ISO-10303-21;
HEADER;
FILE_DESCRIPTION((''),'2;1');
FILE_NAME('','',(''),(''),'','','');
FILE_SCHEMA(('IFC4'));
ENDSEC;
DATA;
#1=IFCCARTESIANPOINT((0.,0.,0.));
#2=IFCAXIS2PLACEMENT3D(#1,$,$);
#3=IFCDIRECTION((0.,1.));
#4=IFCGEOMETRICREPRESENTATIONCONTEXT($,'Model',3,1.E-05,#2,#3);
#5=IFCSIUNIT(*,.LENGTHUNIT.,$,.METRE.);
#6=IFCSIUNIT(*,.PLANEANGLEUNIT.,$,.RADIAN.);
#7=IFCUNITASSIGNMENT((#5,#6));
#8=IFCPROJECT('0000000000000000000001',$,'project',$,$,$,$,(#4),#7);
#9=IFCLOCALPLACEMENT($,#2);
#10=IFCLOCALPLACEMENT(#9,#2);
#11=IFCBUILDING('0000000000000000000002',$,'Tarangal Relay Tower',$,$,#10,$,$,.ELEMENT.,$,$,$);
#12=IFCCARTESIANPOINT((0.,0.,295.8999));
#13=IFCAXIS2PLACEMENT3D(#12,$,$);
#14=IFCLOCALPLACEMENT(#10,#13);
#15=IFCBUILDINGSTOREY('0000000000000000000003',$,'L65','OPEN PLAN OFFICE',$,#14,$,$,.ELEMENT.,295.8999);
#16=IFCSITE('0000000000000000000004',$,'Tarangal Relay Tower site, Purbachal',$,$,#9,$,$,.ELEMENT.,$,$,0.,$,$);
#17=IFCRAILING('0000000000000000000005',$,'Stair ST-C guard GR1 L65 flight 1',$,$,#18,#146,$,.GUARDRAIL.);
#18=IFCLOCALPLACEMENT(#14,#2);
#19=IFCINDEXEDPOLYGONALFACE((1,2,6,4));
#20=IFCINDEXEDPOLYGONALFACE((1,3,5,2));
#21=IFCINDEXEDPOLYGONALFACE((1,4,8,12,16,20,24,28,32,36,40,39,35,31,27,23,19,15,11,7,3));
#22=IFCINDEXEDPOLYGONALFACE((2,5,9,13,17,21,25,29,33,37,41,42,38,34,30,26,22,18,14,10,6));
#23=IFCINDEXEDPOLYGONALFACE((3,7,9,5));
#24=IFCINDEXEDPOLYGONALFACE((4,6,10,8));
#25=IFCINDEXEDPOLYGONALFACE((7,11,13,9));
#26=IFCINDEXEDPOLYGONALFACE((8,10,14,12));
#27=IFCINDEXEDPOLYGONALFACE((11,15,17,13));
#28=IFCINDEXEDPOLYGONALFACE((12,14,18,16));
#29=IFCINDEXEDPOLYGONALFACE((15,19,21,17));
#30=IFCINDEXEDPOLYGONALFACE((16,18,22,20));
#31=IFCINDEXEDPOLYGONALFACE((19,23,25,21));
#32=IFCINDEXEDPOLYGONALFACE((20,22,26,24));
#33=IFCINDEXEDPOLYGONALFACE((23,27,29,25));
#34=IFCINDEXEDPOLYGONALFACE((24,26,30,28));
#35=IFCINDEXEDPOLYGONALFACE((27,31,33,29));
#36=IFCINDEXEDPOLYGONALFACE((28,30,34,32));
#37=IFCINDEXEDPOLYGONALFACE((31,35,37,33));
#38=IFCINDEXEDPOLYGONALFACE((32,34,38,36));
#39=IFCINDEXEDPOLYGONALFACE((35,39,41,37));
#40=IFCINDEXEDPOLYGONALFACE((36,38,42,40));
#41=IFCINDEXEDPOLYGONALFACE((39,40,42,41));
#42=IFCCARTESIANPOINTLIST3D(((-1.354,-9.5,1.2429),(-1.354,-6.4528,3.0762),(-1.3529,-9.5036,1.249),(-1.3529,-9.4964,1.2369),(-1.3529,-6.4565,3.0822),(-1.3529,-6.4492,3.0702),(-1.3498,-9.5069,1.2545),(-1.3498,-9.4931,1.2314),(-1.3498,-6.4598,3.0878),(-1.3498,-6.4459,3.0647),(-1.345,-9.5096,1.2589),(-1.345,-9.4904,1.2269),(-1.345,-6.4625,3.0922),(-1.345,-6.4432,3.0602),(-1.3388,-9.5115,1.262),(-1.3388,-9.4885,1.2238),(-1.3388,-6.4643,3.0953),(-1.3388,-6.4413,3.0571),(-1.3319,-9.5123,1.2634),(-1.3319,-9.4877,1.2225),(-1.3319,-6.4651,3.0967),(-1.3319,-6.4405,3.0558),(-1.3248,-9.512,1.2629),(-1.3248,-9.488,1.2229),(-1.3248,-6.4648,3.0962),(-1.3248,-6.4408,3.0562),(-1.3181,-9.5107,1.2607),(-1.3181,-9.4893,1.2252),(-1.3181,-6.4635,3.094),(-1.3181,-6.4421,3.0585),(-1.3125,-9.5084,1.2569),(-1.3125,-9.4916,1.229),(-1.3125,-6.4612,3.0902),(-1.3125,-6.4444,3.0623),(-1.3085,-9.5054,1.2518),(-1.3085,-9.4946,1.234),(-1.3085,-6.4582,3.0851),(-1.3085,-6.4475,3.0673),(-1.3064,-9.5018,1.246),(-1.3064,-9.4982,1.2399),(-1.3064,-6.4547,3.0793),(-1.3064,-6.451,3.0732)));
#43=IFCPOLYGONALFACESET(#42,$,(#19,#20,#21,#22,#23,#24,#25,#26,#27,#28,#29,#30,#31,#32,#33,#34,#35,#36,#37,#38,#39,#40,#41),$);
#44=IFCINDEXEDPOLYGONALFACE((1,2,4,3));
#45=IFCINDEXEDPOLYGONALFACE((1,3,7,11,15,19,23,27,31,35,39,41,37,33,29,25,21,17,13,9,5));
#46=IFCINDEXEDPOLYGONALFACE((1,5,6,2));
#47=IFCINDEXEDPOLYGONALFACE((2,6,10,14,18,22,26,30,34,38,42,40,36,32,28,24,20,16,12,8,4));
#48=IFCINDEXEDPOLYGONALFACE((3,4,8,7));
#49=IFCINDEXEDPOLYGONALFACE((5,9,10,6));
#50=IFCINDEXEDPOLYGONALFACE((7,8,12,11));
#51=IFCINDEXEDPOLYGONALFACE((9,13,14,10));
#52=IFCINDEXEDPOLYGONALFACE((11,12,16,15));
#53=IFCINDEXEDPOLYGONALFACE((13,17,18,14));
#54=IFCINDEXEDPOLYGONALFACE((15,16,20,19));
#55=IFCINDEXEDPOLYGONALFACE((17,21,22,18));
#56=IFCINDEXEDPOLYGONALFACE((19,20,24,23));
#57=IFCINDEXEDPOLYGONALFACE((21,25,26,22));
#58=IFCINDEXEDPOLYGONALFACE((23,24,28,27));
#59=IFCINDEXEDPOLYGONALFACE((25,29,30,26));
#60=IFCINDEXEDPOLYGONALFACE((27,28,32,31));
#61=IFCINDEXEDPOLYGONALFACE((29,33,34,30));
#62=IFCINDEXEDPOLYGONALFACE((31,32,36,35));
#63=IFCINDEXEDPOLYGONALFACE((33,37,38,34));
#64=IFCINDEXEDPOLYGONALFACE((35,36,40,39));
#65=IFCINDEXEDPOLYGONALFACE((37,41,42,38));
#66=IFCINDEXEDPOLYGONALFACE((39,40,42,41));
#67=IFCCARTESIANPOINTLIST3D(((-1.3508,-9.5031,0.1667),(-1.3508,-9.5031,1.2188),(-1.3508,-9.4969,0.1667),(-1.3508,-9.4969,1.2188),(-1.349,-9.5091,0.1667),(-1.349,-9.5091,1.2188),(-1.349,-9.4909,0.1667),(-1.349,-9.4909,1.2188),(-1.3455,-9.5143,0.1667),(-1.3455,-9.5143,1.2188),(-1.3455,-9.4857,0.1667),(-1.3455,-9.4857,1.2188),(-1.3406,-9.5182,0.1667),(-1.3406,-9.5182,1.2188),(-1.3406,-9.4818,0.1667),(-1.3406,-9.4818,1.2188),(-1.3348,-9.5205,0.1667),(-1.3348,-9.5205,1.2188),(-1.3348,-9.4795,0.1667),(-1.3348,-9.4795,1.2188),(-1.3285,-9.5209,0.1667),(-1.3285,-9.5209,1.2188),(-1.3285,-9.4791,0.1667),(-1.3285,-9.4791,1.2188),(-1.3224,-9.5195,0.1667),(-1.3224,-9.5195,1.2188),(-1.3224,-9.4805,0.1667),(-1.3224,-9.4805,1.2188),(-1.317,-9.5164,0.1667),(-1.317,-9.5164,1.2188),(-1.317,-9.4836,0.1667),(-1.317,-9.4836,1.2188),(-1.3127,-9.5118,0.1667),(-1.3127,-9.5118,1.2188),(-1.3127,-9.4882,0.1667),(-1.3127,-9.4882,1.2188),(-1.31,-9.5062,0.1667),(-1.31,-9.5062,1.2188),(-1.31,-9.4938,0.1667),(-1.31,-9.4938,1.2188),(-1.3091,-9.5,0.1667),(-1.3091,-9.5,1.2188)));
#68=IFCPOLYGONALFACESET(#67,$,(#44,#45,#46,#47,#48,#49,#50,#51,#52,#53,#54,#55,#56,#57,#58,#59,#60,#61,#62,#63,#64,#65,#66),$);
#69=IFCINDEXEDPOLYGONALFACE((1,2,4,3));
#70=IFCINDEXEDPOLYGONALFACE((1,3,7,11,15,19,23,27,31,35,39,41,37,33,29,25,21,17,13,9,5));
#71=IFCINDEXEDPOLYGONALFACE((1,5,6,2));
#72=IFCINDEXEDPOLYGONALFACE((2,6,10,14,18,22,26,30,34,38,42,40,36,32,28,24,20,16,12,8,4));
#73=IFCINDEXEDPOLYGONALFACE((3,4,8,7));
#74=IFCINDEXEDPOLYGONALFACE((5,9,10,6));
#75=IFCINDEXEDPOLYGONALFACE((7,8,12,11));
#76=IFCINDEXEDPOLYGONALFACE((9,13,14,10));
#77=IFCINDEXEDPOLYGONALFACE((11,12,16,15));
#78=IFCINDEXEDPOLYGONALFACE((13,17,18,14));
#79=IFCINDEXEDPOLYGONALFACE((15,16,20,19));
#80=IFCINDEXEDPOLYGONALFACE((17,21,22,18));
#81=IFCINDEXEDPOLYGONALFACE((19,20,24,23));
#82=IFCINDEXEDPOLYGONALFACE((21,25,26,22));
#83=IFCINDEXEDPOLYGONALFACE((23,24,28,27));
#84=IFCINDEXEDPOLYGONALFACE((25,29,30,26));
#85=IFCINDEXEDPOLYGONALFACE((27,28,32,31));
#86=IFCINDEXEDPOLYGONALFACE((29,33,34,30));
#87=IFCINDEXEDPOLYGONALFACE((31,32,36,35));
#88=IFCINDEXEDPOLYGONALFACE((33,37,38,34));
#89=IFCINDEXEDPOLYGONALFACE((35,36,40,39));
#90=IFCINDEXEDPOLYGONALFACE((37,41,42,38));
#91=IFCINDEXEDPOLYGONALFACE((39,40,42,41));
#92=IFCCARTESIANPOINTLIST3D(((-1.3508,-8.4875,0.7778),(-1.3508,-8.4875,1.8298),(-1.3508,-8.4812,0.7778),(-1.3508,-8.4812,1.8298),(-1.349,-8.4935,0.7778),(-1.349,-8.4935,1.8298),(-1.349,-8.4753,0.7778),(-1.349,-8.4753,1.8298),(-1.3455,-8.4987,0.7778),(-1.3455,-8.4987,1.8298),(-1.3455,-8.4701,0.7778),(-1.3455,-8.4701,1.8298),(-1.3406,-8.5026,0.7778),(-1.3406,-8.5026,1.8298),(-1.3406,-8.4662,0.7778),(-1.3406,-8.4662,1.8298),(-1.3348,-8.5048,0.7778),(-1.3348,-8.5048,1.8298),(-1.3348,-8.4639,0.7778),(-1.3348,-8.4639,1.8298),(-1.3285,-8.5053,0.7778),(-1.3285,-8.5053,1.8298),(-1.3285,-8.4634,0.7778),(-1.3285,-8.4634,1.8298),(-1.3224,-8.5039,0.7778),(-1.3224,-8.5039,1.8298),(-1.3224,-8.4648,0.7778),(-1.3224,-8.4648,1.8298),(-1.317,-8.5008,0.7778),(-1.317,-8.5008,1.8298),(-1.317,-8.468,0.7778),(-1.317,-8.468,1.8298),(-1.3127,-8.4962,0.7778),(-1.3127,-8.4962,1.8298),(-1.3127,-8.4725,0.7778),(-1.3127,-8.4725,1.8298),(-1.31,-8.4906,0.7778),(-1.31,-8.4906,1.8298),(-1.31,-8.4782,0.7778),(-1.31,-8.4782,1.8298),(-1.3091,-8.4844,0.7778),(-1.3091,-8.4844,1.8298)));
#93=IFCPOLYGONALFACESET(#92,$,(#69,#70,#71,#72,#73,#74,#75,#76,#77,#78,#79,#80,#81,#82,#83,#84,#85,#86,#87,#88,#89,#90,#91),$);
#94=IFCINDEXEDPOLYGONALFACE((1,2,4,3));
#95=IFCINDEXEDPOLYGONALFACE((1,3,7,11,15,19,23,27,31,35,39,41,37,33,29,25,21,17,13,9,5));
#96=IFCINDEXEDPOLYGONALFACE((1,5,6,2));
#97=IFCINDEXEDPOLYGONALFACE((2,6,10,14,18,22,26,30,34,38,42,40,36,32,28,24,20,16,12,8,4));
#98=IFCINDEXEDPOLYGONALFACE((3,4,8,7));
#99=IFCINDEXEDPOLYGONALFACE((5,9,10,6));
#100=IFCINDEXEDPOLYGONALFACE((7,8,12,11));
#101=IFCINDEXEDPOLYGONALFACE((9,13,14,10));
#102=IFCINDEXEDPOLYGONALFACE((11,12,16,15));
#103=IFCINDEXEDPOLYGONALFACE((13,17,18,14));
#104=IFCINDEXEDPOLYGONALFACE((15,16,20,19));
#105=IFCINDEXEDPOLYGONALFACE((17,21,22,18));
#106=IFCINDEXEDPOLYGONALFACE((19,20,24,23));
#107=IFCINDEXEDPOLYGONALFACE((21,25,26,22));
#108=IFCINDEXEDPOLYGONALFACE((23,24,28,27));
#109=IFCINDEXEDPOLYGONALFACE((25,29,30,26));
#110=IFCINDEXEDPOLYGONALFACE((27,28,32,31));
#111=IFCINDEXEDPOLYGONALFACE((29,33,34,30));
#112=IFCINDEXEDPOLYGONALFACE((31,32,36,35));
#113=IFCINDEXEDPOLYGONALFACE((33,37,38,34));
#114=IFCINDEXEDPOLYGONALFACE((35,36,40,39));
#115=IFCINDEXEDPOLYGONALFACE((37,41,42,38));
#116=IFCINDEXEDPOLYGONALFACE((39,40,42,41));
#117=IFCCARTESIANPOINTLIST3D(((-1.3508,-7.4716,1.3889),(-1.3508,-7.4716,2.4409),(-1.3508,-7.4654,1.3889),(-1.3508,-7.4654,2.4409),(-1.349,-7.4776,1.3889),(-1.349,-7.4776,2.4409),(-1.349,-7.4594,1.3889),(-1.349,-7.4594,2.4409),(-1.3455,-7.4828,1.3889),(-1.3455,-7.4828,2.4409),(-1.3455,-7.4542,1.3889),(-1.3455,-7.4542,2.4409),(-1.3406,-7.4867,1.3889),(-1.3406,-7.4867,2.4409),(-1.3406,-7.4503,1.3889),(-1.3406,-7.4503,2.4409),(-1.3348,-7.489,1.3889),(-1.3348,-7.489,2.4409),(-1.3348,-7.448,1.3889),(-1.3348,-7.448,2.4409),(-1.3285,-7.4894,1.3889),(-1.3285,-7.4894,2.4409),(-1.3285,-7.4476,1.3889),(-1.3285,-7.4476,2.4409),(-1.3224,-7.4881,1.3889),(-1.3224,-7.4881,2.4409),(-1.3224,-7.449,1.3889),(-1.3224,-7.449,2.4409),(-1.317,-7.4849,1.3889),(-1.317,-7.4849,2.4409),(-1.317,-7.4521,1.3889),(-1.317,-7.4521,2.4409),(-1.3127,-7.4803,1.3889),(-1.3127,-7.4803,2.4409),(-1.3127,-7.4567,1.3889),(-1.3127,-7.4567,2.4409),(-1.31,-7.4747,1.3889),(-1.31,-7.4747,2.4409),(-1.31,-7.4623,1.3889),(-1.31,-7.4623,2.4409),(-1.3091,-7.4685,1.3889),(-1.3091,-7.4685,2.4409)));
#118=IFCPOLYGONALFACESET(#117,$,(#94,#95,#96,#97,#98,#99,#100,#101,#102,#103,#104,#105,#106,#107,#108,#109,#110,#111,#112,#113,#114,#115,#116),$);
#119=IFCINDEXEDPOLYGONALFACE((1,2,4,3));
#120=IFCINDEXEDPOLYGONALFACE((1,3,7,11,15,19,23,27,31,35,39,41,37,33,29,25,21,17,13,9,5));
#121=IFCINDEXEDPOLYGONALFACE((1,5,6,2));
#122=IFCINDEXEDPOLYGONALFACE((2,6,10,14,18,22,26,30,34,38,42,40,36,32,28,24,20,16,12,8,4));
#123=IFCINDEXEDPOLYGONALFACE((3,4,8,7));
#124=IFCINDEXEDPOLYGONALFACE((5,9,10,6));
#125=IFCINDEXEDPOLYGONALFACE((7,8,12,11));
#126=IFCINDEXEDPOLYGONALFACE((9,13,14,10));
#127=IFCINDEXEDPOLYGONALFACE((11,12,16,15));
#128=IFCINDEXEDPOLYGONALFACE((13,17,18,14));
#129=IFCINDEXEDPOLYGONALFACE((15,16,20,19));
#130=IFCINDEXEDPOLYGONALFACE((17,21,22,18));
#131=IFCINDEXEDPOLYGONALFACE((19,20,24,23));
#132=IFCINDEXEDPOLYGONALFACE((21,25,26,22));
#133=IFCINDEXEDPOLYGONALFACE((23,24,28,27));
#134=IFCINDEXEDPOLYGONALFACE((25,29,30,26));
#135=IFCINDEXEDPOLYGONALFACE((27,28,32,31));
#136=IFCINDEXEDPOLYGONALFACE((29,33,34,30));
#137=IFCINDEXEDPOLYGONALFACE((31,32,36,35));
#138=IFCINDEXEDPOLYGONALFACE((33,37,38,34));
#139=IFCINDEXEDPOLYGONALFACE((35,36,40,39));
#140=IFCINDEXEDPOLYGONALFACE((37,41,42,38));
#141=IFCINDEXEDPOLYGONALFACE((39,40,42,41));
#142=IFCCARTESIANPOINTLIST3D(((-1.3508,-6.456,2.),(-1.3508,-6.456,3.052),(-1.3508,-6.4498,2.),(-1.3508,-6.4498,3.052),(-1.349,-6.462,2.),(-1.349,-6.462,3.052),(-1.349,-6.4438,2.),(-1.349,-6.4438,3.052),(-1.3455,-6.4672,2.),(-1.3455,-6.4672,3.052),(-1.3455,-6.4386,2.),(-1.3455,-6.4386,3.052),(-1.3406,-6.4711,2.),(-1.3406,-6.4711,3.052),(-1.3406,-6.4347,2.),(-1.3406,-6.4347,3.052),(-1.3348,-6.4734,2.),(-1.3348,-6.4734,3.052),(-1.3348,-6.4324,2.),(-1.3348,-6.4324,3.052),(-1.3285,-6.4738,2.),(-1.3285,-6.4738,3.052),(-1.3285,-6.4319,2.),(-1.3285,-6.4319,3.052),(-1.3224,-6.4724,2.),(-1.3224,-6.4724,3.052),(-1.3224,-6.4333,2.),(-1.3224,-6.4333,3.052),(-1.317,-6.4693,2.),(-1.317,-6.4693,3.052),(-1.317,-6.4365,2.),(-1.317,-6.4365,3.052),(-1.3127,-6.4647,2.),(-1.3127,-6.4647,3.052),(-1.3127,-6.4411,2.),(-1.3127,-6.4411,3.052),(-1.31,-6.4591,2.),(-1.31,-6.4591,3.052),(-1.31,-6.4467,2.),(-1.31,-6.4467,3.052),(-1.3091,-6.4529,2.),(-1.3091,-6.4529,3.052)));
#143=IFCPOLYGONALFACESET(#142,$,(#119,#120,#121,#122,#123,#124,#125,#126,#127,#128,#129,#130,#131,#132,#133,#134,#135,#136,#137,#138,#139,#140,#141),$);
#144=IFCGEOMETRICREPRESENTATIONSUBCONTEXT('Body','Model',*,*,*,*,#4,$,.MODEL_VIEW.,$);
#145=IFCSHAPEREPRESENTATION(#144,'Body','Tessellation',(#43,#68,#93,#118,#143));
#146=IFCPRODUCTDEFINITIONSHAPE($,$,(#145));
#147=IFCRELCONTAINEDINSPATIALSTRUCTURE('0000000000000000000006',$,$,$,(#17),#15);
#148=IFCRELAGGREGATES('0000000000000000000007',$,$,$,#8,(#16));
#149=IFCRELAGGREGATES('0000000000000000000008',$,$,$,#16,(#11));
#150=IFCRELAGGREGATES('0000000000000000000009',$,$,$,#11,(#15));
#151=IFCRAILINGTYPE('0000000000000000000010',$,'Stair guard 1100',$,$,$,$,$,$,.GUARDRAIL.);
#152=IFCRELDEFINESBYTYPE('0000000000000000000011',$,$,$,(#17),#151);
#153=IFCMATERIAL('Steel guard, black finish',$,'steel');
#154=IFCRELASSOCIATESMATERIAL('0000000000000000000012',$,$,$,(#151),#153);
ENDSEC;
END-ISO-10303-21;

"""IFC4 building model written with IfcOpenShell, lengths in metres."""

from ifc_helpers import new_model, si_unit, direction, frame, origin, origin_2d, place, context, subcontext, project, spatial, circle, extrude, material, type_object, element, save


model = new_model("IFC4")

# Units and contexts
model_context = context("Model", 3, precision=1e-05, world=origin(), true_north=direction((0.0, 1.0)))
body_context = subcontext(model_context, "Body", "Model", "MODEL_VIEW")
ifc_project = project(units=[si_unit("LENGTHUNIT", "METRE"), si_unit("PLANEANGLEUNIT", "RADIAN")], contexts=[model_context])

# Site, building, storey
site_placement = place(None, origin())
site = spatial("IfcSite", under=ifc_project, at=site_placement, Name="Tarangal Relay Tower site, Purbachal", CompositionType="ELEMENT", RefElevation=0.0)
building_placement = place(site_placement, origin())
building = spatial("IfcBuilding", under=site, at=building_placement, Name="Tarangal Relay Tower", CompositionType="ELEMENT")
storey_placement = place(building_placement, frame((0.0, 0.0, 295.8999)))
storey = spatial("IfcBuildingStorey", under=building, at=storey_placement, Name="L65", Description="OPEN PLAN OFFICE", CompositionType="ELEMENT", Elevation=295.8999)

# Railing
ifc_material_1 = material(Name="Steel guard, black finish", Category="steel")
railing_type_1 = type_object("IfcRailingType", Name="Stair guard 1100", PredefinedType="GUARDRAIL", material=ifc_material_1)
railing_1_placement = place(storey_placement, frame((-1.3301, -9.5, 0.1667)))
element("IfcRailing", 1, at=railing_1_placement, inside=storey, type_object=railing_type_1, Name="Stair ST-C guard GR1 L65 flight 1", PredefinedType="GUARDRAIL", context=body_context, shape_type="SweptSolid", body=[
    extrude(circle(Radius=0.0239, at=origin_2d()), frame((0.0, 0.0, 1.0762), z_axis=(0.0, 0.856874, 0.515525), x_axis=(-1.0, 0.0, 0.0)), (0.0, 0.0, 1.0), 3.5562),
    extrude(circle(Radius=0.021, at=origin_2d()), origin(), (0.0, 0.0, 1.0), 1.052),
    extrude(circle(Radius=0.021, at=origin_2d()), frame((0.0, 1.0156, 0.6111)), (0.0, 0.0, 1.0), 1.052),
    extrude(circle(Radius=0.021, at=origin_2d()), frame((0.0, 2.0315, 1.2222)), (0.0, 0.0, 1.0), 1.052),
    extrude(circle(Radius=0.021, at=origin_2d()), frame((0.0, 3.0471, 1.8333)), (0.0, 0.0, 1.0), 1.052),
])

save(model, "model.ifc")
